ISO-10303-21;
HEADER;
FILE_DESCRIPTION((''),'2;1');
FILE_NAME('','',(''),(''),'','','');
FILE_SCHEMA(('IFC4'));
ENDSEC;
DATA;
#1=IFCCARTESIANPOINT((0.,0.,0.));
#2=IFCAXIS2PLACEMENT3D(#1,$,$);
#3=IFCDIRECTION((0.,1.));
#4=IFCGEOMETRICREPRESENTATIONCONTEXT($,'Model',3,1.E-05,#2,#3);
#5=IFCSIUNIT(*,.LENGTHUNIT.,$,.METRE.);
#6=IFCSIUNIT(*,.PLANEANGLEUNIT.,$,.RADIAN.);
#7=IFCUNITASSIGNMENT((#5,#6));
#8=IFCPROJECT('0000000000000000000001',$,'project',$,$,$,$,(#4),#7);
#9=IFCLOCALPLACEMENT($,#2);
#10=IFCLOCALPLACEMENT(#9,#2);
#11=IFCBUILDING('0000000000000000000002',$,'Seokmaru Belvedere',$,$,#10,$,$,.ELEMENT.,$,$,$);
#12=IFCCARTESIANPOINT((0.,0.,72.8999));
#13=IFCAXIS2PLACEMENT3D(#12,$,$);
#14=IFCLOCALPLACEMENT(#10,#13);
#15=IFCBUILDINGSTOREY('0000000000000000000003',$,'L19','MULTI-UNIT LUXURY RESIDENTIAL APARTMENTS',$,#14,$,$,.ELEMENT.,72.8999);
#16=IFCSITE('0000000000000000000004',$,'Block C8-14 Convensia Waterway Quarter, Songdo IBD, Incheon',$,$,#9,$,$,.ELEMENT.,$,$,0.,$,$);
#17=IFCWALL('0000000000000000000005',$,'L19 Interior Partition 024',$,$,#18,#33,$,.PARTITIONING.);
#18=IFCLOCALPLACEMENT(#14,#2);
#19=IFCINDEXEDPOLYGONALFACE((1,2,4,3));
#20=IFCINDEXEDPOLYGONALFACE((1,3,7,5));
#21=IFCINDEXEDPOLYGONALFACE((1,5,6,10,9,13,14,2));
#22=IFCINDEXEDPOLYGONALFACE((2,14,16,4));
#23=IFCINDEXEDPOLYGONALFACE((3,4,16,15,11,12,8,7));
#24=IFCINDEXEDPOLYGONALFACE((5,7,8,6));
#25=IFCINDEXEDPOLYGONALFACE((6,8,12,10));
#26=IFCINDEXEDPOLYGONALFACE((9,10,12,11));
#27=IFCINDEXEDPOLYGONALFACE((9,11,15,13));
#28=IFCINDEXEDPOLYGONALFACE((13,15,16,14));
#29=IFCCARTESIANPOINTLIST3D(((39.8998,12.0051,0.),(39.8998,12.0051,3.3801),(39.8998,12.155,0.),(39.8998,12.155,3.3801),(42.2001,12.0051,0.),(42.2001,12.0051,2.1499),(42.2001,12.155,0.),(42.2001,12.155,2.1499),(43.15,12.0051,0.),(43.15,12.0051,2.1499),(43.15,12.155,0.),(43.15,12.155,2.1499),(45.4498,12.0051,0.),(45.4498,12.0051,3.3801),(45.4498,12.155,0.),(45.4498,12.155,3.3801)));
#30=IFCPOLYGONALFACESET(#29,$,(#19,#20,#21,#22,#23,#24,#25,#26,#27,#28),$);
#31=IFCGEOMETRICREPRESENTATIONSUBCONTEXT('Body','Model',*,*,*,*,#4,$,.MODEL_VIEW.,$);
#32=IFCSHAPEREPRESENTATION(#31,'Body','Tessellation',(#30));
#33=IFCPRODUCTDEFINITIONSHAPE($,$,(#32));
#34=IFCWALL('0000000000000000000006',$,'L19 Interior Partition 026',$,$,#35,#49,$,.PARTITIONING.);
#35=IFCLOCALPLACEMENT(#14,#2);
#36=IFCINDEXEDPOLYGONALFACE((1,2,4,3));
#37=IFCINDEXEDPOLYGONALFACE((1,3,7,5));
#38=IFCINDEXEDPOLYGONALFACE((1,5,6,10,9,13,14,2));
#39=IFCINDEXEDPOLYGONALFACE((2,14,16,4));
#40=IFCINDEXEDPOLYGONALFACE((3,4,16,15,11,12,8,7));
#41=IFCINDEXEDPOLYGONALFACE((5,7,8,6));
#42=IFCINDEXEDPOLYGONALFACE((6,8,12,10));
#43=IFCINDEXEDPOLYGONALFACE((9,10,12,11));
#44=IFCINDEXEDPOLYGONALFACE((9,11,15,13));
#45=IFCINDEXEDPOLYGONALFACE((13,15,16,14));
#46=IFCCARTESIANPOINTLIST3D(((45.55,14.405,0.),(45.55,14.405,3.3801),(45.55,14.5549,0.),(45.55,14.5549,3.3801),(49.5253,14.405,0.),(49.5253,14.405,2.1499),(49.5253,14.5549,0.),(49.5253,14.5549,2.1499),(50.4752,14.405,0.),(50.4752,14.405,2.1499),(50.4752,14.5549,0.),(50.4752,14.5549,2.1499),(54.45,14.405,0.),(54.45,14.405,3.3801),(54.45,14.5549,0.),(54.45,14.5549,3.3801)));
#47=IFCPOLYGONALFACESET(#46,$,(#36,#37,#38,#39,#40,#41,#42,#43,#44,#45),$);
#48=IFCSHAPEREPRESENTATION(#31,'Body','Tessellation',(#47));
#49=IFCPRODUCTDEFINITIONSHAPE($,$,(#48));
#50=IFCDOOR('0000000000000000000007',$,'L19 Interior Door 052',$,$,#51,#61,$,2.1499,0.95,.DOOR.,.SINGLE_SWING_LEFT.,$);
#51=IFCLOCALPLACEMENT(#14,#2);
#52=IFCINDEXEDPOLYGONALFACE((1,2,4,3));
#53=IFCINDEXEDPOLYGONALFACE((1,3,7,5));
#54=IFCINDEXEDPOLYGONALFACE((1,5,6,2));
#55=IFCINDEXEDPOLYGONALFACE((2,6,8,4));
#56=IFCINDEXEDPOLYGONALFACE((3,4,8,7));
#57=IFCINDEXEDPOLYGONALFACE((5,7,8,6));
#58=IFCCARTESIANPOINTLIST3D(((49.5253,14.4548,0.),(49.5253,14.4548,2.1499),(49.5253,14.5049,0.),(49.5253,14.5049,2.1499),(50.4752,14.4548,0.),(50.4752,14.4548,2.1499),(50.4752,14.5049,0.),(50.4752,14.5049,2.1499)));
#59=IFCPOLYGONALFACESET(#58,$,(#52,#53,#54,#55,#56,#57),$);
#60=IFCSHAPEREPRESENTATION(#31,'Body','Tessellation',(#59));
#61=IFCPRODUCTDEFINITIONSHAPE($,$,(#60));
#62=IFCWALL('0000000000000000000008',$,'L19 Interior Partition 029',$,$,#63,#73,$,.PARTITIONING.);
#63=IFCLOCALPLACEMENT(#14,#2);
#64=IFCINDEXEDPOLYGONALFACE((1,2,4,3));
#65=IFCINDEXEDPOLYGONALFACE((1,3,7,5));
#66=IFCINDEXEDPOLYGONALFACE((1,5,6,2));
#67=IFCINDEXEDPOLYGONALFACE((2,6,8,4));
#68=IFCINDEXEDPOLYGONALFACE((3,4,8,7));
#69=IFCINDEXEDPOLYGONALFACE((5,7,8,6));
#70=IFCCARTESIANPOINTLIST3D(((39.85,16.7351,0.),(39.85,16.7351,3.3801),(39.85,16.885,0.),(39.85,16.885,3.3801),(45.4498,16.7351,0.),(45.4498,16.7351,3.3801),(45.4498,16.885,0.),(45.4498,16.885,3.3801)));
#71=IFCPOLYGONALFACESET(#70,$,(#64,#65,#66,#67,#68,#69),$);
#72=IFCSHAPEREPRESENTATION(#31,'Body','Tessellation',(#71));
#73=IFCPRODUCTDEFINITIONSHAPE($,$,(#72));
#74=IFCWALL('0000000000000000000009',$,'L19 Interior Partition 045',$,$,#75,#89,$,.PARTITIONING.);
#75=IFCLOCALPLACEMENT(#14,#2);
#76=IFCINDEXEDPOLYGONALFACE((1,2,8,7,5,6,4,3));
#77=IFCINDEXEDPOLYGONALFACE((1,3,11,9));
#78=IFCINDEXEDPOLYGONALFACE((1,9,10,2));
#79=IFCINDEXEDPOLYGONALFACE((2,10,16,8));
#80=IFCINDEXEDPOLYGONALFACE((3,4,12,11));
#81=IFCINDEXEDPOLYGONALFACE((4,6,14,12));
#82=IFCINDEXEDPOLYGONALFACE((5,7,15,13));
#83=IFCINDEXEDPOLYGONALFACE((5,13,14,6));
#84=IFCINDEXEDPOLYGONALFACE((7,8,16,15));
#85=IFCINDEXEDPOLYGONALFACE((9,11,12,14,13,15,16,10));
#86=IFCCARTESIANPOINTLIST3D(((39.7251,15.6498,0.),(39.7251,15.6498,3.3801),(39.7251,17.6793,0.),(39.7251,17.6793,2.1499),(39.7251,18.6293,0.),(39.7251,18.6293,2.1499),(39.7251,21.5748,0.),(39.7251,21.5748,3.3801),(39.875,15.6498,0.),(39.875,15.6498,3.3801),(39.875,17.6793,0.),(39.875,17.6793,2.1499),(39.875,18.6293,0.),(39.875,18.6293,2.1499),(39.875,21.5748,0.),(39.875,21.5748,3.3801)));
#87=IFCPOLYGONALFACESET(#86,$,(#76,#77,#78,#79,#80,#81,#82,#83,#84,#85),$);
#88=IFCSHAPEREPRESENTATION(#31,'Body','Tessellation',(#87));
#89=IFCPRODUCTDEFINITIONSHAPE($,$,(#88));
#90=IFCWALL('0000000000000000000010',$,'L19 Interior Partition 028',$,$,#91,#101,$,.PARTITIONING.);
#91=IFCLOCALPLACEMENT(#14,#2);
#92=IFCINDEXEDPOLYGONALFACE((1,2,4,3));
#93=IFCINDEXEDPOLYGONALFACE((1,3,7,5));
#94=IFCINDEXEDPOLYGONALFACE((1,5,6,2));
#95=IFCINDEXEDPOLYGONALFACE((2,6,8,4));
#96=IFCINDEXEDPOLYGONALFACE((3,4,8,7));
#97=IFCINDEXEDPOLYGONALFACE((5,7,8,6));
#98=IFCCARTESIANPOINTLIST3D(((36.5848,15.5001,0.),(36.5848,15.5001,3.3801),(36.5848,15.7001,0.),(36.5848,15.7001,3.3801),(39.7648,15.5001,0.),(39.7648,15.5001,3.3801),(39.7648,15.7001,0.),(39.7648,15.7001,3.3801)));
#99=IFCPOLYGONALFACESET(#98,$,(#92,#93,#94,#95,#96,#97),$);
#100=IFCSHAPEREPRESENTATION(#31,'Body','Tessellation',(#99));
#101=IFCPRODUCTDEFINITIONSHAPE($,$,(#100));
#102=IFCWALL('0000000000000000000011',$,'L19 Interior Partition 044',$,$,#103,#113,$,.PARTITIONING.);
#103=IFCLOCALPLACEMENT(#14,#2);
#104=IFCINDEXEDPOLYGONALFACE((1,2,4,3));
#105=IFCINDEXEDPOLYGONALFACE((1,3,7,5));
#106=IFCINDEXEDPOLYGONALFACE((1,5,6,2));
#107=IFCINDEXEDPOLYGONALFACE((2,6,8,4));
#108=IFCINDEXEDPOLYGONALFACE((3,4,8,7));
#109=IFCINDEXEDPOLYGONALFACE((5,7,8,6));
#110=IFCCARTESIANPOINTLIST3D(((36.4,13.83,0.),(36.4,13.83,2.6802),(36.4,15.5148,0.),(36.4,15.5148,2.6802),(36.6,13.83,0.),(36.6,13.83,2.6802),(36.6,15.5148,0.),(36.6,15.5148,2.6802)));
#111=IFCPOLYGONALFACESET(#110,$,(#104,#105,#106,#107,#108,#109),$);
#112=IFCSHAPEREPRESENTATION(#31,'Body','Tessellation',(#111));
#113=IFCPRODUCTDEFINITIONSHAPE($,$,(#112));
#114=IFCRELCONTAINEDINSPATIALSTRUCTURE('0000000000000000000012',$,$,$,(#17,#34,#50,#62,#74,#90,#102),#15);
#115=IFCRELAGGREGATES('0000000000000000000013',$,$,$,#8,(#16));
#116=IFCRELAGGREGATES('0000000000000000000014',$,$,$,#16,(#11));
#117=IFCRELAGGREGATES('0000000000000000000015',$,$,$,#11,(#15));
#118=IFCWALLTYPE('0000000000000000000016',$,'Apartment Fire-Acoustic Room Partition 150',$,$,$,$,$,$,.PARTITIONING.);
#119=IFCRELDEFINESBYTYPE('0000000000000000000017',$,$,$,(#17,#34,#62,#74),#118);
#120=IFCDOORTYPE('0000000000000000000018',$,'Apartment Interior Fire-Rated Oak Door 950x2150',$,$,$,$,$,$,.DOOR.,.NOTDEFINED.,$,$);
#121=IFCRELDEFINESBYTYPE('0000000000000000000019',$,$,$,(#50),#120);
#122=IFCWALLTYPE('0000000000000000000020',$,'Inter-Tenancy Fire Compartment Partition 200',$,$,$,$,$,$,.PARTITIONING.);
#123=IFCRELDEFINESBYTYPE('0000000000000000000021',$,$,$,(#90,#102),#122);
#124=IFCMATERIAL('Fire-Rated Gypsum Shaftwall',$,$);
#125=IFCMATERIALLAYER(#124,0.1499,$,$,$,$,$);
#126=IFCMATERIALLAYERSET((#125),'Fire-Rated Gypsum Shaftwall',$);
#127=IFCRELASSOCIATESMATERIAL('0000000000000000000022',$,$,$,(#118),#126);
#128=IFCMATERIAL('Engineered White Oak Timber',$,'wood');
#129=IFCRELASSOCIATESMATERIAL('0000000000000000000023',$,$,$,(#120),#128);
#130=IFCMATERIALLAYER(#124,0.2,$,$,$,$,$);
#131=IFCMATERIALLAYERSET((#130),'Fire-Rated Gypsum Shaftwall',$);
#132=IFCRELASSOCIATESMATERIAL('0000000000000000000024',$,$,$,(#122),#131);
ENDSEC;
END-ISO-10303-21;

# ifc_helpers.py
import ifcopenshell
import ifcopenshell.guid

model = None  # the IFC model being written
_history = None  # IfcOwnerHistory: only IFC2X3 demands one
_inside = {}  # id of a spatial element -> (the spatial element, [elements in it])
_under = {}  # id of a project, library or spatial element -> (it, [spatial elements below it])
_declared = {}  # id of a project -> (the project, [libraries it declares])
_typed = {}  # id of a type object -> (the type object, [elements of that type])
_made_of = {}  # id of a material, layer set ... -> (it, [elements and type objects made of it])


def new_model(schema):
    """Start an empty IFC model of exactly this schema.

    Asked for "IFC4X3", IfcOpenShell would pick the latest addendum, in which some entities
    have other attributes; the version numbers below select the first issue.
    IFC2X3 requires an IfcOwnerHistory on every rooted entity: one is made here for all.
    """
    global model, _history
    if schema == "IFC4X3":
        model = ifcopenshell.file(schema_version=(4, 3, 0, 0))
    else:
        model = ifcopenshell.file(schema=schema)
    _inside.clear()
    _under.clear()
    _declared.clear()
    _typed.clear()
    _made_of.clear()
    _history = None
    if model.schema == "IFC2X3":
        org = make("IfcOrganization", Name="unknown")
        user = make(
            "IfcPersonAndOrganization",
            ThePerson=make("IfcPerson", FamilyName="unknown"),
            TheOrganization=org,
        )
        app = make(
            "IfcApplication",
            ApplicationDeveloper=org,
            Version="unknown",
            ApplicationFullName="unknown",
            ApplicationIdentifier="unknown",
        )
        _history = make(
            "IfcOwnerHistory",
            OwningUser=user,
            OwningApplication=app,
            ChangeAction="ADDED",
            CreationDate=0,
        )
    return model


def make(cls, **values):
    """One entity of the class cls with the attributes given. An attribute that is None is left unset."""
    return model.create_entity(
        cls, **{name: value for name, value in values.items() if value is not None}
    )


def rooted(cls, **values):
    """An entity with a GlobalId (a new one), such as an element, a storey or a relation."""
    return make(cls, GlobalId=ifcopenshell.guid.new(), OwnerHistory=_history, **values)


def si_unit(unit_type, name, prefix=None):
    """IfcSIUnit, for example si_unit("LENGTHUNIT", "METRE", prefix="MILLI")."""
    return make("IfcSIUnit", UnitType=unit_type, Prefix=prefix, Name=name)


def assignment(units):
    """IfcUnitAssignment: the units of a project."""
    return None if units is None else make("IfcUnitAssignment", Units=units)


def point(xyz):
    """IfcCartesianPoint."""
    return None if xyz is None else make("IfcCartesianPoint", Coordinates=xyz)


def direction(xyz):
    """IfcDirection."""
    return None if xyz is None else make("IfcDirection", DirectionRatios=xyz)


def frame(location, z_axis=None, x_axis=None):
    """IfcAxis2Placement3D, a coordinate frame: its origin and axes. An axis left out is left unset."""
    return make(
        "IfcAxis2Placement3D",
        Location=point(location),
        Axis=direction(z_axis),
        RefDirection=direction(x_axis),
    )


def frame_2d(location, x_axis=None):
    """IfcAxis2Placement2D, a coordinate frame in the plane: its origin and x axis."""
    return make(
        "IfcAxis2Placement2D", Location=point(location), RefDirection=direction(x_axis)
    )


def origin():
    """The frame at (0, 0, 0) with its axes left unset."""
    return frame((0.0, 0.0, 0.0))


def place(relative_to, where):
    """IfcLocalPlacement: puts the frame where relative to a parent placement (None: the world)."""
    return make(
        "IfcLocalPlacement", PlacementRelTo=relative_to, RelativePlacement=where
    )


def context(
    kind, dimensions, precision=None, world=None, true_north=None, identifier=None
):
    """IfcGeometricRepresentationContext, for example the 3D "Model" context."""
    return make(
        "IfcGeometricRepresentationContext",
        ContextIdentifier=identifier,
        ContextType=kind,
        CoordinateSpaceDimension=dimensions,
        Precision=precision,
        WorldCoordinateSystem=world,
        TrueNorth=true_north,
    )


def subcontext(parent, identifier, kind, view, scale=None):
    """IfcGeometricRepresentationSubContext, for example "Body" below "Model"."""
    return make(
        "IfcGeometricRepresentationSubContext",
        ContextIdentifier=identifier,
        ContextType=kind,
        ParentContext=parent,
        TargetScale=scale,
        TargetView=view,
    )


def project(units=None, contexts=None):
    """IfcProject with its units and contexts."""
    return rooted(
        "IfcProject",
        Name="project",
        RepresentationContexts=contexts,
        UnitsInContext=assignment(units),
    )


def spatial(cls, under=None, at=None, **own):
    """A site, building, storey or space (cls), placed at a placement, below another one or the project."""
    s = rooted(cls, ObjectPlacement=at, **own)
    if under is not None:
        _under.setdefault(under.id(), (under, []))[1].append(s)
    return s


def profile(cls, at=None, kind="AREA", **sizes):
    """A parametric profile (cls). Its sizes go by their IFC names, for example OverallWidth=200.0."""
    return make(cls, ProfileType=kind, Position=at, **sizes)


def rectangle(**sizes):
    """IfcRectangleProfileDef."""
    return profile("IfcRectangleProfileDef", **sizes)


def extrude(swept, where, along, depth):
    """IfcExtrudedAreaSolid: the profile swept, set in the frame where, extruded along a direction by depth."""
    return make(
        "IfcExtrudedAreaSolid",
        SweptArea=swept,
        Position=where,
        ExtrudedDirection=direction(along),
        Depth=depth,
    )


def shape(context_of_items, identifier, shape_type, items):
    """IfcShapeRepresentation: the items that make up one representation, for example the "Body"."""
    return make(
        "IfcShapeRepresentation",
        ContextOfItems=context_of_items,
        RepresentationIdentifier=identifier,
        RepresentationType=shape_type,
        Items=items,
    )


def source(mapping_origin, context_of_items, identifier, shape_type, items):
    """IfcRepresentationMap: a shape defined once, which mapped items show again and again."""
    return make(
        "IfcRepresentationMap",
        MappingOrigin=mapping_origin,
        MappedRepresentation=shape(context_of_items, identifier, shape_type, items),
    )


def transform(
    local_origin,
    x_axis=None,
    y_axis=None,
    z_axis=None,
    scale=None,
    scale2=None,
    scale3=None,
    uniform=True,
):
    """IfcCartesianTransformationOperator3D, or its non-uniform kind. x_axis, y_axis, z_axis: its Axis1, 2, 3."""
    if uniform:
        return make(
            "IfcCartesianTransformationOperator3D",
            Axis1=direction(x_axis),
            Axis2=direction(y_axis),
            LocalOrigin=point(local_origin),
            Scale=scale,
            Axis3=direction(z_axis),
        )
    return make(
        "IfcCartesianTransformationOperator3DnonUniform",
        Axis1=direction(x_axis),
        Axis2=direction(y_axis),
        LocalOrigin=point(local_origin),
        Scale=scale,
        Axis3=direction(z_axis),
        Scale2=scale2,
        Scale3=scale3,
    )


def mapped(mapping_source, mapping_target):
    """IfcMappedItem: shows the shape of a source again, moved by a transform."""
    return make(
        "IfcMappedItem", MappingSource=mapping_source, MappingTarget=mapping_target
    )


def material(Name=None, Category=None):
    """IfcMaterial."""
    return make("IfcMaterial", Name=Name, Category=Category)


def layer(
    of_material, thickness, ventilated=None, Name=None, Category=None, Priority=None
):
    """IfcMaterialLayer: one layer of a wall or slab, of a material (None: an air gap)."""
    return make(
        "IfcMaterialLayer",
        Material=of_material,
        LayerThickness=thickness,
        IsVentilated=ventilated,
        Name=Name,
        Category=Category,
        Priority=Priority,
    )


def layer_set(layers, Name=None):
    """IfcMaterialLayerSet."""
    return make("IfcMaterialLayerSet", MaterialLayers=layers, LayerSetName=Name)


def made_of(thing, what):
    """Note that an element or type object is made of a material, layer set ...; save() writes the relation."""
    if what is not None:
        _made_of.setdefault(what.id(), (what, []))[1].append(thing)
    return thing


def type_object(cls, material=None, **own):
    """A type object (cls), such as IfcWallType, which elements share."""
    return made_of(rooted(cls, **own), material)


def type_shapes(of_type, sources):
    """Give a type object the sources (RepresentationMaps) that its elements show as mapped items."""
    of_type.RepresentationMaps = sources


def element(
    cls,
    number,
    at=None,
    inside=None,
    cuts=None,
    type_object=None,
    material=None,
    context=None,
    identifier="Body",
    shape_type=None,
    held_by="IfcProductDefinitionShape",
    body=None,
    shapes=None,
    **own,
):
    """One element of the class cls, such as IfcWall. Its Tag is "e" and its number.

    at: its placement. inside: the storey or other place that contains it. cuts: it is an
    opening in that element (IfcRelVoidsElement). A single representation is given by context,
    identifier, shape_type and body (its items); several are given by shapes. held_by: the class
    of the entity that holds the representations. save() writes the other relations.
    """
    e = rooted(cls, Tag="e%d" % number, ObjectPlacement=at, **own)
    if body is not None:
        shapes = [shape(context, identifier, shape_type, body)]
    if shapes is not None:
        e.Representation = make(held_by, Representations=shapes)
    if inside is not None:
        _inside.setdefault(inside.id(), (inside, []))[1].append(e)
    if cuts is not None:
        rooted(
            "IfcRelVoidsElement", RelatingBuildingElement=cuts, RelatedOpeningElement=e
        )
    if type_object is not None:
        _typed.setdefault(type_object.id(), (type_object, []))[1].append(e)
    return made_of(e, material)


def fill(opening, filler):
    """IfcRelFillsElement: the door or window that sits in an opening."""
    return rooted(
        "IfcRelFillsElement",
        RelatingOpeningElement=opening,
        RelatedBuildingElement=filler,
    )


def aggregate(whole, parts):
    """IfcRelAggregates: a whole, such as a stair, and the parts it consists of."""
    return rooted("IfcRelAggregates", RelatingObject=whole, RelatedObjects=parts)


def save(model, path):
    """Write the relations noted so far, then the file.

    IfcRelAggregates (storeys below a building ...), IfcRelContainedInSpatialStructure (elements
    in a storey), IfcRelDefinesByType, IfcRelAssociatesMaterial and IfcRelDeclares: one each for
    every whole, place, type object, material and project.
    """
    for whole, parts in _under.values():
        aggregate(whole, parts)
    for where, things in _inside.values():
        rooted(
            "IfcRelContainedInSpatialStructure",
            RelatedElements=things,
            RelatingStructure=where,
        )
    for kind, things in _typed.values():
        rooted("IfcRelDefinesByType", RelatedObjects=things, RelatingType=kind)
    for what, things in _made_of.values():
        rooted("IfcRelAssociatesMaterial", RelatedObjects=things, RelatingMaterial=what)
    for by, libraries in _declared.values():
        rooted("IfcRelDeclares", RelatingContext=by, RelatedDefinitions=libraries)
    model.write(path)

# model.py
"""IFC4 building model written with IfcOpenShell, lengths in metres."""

from ifc_helpers import new_model, si_unit, direction, frame, frame_2d, origin, place, context, subcontext, project, spatial, rectangle, extrude, source, transform, mapped, material, layer, layer_set, type_object, type_shapes, element, fill, save


model = new_model("IFC4")

# Units and contexts
model_context = context("Model", 3, precision=1e-05, world=origin(), true_north=direction((0.0, 1.0)))
body_context = subcontext(model_context, "Body", "Model", "MODEL_VIEW")
ifc_project = project(units=[si_unit("LENGTHUNIT", "METRE"), si_unit("PLANEANGLEUNIT", "RADIAN")], contexts=[model_context])

# Site, building, storey
site_placement = place(None, origin())
site = spatial("IfcSite", under=ifc_project, at=site_placement, Name="Block C8-14 Convensia Waterway Quarter, Songdo IBD, Incheon", CompositionType="ELEMENT", RefElevation=0.0)
building_placement = place(site_placement, origin())
building = spatial("IfcBuilding", under=site, at=building_placement, Name="Seokmaru Belvedere", CompositionType="ELEMENT")
storey_placement = place(building_placement, frame((0.0, 0.0, 72.8999)))
storey = spatial("IfcBuildingStorey", under=building, at=storey_placement, Name="L19", Description="MULTI-UNIT LUXURY RESIDENTIAL APARTMENTS", CompositionType="ELEMENT", Elevation=72.8999)

# Wall, opening
ifc_material_1 = material(Name="Fire-Rated Gypsum Shaftwall")
ifc_layer_1 = layer(ifc_material_1, 0.1499)
ifc_layer_set_1 = layer_set([ifc_layer_1], Name="Fire-Rated Gypsum Shaftwall")
wall_type_1 = type_object("IfcWallType", Name="Apartment Fire-Acoustic Room Partition 150", PredefinedType="PARTITIONING", material=ifc_layer_set_1)
wall_1_placement = place(storey_placement, frame((39.8999, 12.0801, 0.0), z_axis=(0.0, 0.0, 1.0), x_axis=(1.0, 0.0, 0.0)))
wall_1 = element("IfcWall", 1, at=wall_1_placement, inside=storey, type_object=wall_type_1, Name="L19 Interior Partition 024", PredefinedType="PARTITIONING", context=body_context, shape_type="SweptSolid", body=[
    extrude(rectangle(XDim=5.55, YDim=0.1499, at=frame_2d((2.7749, 0.0))), origin(), (0.0, 0.0, 1.0), 3.3801),
])
opening_1_placement = place(wall_1_placement, frame((2.3, 0.0, 0.0)))
element("IfcOpeningElement", 2, at=opening_1_placement, cuts=wall_1, PredefinedType="OPENING", context=body_context, shape_type="SweptSolid", body=[
    extrude(rectangle(XDim=0.95, YDim=2.1499, at=frame_2d((0.4751, 1.075))), frame((0.0, 0.085, 0.0), z_axis=(0.0, -1.0, 0.0), x_axis=(1.0, 0.0, 0.0)), (0.0, 0.0, 1.0), 0.1699),
])

# Wall, opening, door
wall_2_placement = place(storey_placement, frame((45.55, 14.48, 0.0), z_axis=(0.0, 0.0, 1.0), x_axis=(1.0, 0.0, 0.0)))
wall_2 = element("IfcWall", 3, at=wall_2_placement, inside=storey, type_object=wall_type_1, Name="L19 Interior Partition 026", PredefinedType="PARTITIONING", context=body_context, shape_type="SweptSolid", body=[
    extrude(rectangle(XDim=8.8999, YDim=0.1499, at=frame_2d((4.45, 0.0))), origin(), (0.0, 0.0, 1.0), 3.3801),
])
opening_2_placement = place(wall_2_placement, frame((3.9751, 0.0, 0.0)))
opening_2 = element("IfcOpeningElement", 4, at=opening_2_placement, cuts=wall_2, PredefinedType="OPENING", context=body_context, shape_type="SweptSolid", body=[
    extrude(rectangle(XDim=0.95, YDim=2.1499, at=frame_2d((0.4751, 1.075))), frame((0.0, 0.085, 0.0), z_axis=(0.0, -1.0, 0.0), x_axis=(1.0, 0.0, 0.0)), (0.0, 0.0, 1.0), 0.1699),
])
ifc_material_2 = material(Name="Engineered White Oak Timber", Category="wood")
door_type = type_object("IfcDoorType", Name="Apartment Interior Fire-Rated Oak Door 950x2150", OperationType="NOTDEFINED", PredefinedType="DOOR", material=ifc_material_2)
shared_shape_1 = source(origin(), body_context, "Body", "SweptSolid", [
    extrude(rectangle(XDim=0.95, YDim=2.1499, at=frame_2d((0.4751, 1.075))), frame((0.0, 0.0249, 0.0), z_axis=(0.0, -1.0, 0.0), x_axis=(1.0, 0.0, 0.0)), (0.0, 0.0, 1.0), 0.05),
])
type_shapes(door_type, [shared_shape_1])
door_placement = place(opening_2_placement, origin())
door = element("IfcDoor", 5, at=door_placement, inside=storey, type_object=door_type, Name="L19 Interior Door 052", OperationType="SINGLE_SWING_LEFT", OverallHeight=2.1499, OverallWidth=0.95, PredefinedType="DOOR", context=body_context, shape_type="MappedRepresentation", body=[
    mapped(shared_shape_1, transform((0.0, 0.0, 0.0), scale=1.0)),
])
fill(opening_2, door)

# Wall
wall_3_placement = place(storey_placement, frame((39.8501, 16.8101, 0.0), z_axis=(0.0, 0.0, 1.0), x_axis=(1.0, 0.0, 0.0)))
element("IfcWall", 6, at=wall_3_placement, inside=storey, type_object=wall_type_1, Name="L19 Interior Partition 029", PredefinedType="PARTITIONING", context=body_context, shape_type="SweptSolid", body=[
    extrude(rectangle(XDim=5.5999, YDim=0.1499, at=frame_2d((2.7998, 0.0))), origin(), (0.0, 0.0, 1.0), 3.3801),
])

# Wall, opening
wall_4_placement = place(storey_placement, frame((39.8, 15.6499, 0.0), z_axis=(0.0, 0.0, 1.0), x_axis=(0.0, 1.0, 0.0)))
wall_4 = element("IfcWall", 7, at=wall_4_placement, inside=storey, type_object=wall_type_1, Name="L19 Interior Partition 045", PredefinedType="PARTITIONING", context=body_context, shape_type="SweptSolid", body=[
    extrude(rectangle(XDim=5.925, YDim=0.1499, at=frame_2d((2.9624, 0.0))), origin(), (0.0, 0.0, 1.0), 3.3801),
])
opening_3_placement = place(wall_4_placement, frame((2.0293, 0.0, 0.0)))
element("IfcOpeningElement", 8, at=opening_3_placement, cuts=wall_4, PredefinedType="OPENING", context=body_context, shape_type="SweptSolid", body=[
    extrude(rectangle(XDim=0.95, YDim=2.1499, at=frame_2d((0.4751, 1.075))), frame((0.0, 0.085, 0.0), z_axis=(0.0, -1.0, 0.0), x_axis=(1.0, 0.0, 0.0)), (0.0, 0.0, 1.0), 0.1699),
])

# Walls
ifc_layer_2 = layer(ifc_material_1, 0.2)
ifc_layer_set_2 = layer_set([ifc_layer_2], Name="Fire-Rated Gypsum Shaftwall")
wall_type_2 = type_object("IfcWallType", Name="Inter-Tenancy Fire Compartment Partition 200", PredefinedType="PARTITIONING", material=ifc_layer_set_2)
wall_5_placement = place(storey_placement, frame((36.585, 15.6001, 0.0), z_axis=(0.0, 0.0, 1.0), x_axis=(1.0, 0.0, 0.0)))
element("IfcWall", 9, at=wall_5_placement, inside=storey, type_object=wall_type_2, Name="L19 Interior Partition 028", PredefinedType="PARTITIONING", context=body_context, shape_type="SweptSolid", body=[
    extrude(rectangle(XDim=3.1799, YDim=0.2, at=frame_2d((1.5898, 0.0))), origin(), (0.0, 0.0, 1.0), 3.3801),
])
wall_6_placement = place(storey_placement, frame((36.5, 13.8301, 0.0), z_axis=(0.0, 0.0, 1.0), x_axis=(0.0, 1.0, 0.0)))
element("IfcWall", 10, at=wall_6_placement, inside=storey, type_object=wall_type_2, Name="L19 Interior Partition 044", PredefinedType="PARTITIONING", context=body_context, shape_type="SweptSolid", body=[
    extrude(rectangle(XDim=1.6848, YDim=0.2, at=frame_2d((0.8423, 0.0))), origin(), (0.0, 0.0, 1.0), 2.6802),
])

save(model, "model.ifc")
